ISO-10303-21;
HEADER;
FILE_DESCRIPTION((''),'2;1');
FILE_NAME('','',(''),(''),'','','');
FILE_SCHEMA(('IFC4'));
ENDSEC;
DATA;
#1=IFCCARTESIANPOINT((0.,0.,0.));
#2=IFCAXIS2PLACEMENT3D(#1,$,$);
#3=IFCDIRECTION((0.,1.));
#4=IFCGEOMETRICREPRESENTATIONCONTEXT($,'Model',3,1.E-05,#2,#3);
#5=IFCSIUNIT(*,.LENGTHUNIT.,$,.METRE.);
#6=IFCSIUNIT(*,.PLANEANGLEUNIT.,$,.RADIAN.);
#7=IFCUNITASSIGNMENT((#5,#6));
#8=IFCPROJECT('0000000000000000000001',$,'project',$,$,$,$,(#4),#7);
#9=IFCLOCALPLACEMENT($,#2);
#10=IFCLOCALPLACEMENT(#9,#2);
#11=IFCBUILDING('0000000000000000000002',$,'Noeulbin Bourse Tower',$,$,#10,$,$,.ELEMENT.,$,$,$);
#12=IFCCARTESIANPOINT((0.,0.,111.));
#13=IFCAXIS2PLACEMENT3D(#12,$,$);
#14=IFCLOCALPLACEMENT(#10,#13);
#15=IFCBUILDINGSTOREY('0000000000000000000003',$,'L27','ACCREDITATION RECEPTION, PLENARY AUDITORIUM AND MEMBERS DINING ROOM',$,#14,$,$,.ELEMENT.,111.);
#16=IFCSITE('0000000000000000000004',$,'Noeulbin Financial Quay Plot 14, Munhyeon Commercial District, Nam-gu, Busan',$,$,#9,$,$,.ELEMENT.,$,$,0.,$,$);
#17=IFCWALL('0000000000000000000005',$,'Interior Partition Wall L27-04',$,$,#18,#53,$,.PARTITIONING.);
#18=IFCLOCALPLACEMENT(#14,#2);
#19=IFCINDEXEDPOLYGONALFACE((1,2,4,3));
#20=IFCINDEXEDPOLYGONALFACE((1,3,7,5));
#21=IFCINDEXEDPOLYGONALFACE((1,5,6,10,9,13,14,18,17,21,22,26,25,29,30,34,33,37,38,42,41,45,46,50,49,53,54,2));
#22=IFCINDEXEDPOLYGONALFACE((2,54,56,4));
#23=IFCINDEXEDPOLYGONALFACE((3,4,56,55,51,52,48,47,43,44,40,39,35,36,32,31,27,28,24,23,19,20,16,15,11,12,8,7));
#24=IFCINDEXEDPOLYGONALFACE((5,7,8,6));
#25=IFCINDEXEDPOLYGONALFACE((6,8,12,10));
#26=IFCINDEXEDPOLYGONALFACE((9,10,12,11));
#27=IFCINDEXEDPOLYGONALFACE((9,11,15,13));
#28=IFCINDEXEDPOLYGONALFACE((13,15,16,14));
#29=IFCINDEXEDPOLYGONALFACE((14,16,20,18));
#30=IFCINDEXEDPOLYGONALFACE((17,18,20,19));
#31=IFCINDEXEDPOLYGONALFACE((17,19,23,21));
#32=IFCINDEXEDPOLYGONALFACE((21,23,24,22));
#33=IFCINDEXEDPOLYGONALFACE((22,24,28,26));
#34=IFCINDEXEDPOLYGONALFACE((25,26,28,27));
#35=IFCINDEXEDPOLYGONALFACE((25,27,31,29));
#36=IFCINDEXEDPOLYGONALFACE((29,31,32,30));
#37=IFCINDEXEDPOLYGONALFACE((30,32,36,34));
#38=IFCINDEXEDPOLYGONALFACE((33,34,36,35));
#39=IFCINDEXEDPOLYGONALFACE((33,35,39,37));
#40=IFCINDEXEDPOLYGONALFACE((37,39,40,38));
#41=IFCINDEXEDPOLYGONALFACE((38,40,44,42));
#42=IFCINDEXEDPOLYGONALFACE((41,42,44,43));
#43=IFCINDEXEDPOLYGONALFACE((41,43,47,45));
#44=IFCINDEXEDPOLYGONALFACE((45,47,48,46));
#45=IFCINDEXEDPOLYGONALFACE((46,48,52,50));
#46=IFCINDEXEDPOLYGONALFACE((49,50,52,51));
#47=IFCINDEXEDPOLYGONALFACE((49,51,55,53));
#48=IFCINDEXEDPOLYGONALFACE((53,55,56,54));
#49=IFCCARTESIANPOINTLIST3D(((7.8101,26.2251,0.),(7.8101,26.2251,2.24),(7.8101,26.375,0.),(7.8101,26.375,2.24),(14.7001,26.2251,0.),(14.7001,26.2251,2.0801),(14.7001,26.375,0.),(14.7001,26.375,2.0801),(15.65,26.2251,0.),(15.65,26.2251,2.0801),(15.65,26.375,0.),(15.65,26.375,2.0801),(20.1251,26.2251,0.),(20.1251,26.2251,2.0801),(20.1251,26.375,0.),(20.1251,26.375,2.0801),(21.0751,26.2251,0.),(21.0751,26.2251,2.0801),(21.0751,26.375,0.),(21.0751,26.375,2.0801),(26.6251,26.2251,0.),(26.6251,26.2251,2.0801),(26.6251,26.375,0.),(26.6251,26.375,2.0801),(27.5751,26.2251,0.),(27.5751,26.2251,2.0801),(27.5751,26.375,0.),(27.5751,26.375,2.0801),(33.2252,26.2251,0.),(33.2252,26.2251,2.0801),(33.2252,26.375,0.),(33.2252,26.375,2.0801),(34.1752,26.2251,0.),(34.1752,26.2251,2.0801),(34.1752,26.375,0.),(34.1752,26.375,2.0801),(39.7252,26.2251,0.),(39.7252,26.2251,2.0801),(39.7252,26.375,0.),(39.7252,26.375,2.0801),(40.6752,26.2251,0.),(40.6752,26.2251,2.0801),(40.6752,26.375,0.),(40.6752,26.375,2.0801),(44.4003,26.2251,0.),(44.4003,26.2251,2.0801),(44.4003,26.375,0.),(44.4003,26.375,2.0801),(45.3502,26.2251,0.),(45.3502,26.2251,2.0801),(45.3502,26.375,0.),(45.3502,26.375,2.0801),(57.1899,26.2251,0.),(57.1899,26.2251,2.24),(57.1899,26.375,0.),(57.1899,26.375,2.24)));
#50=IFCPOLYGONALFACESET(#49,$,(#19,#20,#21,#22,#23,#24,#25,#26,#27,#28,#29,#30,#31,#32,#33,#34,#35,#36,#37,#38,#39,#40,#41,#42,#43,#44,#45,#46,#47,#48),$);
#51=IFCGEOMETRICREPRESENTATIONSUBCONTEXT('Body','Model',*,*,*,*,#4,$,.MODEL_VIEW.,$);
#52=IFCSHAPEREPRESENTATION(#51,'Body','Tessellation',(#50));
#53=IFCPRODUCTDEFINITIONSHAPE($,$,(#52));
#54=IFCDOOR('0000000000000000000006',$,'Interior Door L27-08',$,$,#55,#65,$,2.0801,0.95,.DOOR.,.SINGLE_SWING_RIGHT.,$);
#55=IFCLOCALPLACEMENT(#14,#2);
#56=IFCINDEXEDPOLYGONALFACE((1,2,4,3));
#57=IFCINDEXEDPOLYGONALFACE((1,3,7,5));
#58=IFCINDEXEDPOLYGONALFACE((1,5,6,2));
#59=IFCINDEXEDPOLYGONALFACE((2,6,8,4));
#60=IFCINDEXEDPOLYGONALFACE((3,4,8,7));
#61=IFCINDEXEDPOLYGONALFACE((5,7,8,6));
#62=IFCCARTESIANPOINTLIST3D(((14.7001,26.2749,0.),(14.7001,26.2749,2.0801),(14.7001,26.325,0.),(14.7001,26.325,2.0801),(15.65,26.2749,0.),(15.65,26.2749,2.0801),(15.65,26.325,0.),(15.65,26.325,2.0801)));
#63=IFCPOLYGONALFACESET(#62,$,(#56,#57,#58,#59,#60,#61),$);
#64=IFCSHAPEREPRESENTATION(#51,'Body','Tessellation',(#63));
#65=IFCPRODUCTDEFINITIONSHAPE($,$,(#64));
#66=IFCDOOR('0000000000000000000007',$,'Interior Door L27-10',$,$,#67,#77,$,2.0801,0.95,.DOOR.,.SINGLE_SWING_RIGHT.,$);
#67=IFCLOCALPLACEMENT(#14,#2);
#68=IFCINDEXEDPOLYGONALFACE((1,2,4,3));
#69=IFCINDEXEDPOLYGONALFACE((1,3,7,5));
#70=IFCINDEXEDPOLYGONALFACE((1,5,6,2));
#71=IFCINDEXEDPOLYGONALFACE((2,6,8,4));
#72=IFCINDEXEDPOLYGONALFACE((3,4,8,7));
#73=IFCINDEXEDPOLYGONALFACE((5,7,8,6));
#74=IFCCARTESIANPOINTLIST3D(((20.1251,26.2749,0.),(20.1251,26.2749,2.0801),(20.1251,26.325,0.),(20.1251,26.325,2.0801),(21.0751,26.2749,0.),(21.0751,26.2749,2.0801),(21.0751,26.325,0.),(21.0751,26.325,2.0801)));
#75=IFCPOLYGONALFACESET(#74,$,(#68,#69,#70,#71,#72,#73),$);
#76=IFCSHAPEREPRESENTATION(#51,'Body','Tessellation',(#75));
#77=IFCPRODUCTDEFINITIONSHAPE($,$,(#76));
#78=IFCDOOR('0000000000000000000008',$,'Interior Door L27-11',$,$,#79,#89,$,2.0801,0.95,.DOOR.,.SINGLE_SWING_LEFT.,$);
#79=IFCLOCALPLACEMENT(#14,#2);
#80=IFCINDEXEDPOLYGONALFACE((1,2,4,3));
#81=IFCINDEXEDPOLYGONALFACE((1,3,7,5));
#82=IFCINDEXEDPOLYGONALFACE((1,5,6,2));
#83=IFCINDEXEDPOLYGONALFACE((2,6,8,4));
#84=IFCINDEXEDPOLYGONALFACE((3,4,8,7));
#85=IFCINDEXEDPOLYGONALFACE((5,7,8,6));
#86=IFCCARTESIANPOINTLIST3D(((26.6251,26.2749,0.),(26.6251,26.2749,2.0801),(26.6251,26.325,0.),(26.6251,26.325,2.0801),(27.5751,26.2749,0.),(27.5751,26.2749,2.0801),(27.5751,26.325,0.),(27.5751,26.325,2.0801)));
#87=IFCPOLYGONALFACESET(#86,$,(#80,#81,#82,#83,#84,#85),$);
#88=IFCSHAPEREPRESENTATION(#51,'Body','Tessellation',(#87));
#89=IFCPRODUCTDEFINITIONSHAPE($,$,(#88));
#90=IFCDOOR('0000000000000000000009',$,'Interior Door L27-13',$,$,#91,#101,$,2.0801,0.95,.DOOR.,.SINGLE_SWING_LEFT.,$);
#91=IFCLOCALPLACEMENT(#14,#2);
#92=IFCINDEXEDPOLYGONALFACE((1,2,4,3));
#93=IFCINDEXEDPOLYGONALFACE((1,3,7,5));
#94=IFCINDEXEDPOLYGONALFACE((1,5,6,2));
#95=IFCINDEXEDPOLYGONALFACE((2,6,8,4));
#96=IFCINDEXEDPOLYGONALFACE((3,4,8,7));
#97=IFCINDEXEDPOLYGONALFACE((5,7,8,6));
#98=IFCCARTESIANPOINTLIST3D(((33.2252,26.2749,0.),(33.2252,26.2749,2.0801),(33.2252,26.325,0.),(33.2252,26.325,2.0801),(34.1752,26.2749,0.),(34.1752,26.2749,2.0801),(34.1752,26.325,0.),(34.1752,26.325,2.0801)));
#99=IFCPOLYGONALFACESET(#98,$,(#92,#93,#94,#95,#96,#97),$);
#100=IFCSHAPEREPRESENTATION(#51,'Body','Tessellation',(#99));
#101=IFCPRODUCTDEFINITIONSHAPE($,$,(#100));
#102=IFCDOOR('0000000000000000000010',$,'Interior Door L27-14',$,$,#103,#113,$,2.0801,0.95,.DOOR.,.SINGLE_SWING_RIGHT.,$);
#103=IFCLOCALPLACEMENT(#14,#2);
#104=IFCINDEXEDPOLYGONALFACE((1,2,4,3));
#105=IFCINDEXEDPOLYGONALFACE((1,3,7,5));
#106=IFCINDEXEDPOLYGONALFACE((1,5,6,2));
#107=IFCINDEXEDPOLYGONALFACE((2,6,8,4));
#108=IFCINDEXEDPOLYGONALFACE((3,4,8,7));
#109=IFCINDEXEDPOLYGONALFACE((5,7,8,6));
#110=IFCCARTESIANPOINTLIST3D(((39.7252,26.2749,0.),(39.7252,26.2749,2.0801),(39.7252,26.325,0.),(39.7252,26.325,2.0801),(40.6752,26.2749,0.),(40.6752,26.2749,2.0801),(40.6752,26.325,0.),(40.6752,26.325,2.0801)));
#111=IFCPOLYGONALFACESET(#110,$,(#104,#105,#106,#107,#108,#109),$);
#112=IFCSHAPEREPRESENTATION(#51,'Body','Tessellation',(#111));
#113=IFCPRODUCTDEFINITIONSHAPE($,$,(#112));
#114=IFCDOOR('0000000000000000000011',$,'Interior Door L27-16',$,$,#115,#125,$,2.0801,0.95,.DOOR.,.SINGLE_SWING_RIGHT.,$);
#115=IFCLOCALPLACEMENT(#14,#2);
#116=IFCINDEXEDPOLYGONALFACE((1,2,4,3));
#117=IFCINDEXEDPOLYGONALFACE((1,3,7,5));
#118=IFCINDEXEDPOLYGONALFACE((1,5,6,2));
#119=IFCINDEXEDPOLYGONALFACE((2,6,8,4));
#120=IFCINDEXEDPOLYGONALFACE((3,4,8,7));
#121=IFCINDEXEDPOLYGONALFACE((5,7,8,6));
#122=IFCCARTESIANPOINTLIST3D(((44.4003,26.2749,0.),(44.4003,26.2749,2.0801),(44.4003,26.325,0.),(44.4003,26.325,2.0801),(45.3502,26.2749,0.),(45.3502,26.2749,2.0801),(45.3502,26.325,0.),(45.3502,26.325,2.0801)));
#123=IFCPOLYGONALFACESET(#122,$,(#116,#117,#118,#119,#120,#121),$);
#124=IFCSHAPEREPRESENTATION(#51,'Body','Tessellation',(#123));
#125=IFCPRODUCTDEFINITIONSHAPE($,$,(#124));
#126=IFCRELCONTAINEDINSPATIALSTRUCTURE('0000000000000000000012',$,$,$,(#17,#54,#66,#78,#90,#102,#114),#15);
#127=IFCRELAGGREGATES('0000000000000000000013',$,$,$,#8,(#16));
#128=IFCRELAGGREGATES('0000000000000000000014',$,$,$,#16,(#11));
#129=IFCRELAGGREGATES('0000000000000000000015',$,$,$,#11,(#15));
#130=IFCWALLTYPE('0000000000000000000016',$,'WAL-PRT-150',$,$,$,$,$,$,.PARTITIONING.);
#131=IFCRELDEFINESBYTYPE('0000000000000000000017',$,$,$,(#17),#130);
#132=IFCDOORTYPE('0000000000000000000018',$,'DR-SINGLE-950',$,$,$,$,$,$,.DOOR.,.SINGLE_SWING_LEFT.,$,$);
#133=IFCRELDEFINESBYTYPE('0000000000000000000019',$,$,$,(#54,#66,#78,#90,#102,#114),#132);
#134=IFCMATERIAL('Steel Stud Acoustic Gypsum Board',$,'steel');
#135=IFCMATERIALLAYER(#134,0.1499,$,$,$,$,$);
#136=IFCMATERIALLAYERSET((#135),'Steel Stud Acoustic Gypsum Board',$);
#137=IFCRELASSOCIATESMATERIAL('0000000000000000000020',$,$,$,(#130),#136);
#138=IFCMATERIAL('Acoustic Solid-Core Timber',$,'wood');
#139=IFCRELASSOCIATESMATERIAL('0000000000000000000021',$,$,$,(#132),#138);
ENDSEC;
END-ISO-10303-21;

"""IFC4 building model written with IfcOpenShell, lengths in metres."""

from ifc_helpers import new_model, si_unit, direction, frame, frame_2d, origin, place, context, subcontext, project, spatial, rectangle, extrude, material, layer, layer_set, type_object, element, fill, save


model = new_model("IFC4")

# Units and contexts
model_context = context("Model", 3, precision=1e-05, world=origin(), true_north=direction((0.0, 1.0)))
body_context = subcontext(model_context, "Body", "Model", "MODEL_VIEW")
ifc_project = project(units=[si_unit("LENGTHUNIT", "METRE"), si_unit("PLANEANGLEUNIT", "RADIAN")], contexts=[model_context])

# Site, building, storey
site_placement = place(None, origin())
site = spatial("IfcSite", under=ifc_project, at=site_placement, Name="Noeulbin Financial Quay Plot 14, Munhyeon Commercial District, Nam-gu, Busan", CompositionType="ELEMENT", RefElevation=0.0)
building_placement = place(site_placement, origin())
building = spatial("IfcBuilding", under=site, at=building_placement, Name="Noeulbin Bourse Tower", CompositionType="ELEMENT")
storey_placement = place(building_placement, frame((0.0, 0.0, 111.0)))
storey = spatial("IfcBuildingStorey", under=building, at=storey_placement, Name="L27", Description="ACCREDITATION RECEPTION, PLENARY AUDITORIUM AND MEMBERS DINING ROOM", CompositionType="ELEMENT", Elevation=111.0)

# Wall, openings, doors
ifc_material_1 = material(Name="Steel Stud Acoustic Gypsum Board", Category="steel")
ifc_layer_1 = layer(ifc_material_1, 0.1499)
ifc_layer_set_1 = layer_set([ifc_layer_1], Name="Steel Stud Acoustic Gypsum Board")
wall_type = type_object("IfcWallType", Name="WAL-PRT-150", PredefinedType="PARTITIONING", material=ifc_layer_set_1)
wall_1_placement = place(storey_placement, frame((7.8101, 26.3, 0.0), z_axis=(0.0, 0.0, 1.0), x_axis=(1.0, 0.0, 0.0)))
wall_1 = element("IfcWall", 1, at=wall_1_placement, inside=storey, type_object=wall_type, Name="Interior Partition Wall L27-04", PredefinedType="PARTITIONING", context=body_context, shape_type="SweptSolid", body=[
    extrude(rectangle(XDim=49.3799, YDim=0.1499, at=frame_2d((24.6899, 0.0))), origin(), (0.0, 0.0, 1.0), 2.24),
])
opening_1_placement = place(wall_1_placement, frame((6.8899, 0.0, 0.0)))
opening_1 = element("IfcOpeningElement", 2, at=opening_1_placement, cuts=wall_1, PredefinedType="OPENING", context=body_context, shape_type="SweptSolid", body=[
    extrude(rectangle(XDim=0.95, YDim=2.0801, at=frame_2d((0.4751, 1.04))), frame((0.0, 0.085, 0.0), z_axis=(0.0, -1.0, 0.0), x_axis=(1.0, 0.0, 0.0)), (0.0, 0.0, 1.0), 0.1699),
])
opening_2_placement = place(wall_1_placement, frame((12.3149, 0.0, 0.0)))
opening_2 = element("IfcOpeningElement", 3, at=opening_2_placement, cuts=wall_1, PredefinedType="OPENING", context=body_context, shape_type="SweptSolid", body=[
    extrude(rectangle(XDim=0.95, YDim=2.0801, at=frame_2d((0.4751, 1.04))), frame((0.0, 0.085, 0.0), z_axis=(0.0, -1.0, 0.0), x_axis=(1.0, 0.0, 0.0)), (0.0, 0.0, 1.0), 0.1699),
])
opening_3_placement = place(wall_1_placement, frame((18.8149, 0.0, 0.0)))
opening_3 = element("IfcOpeningElement", 4, at=opening_3_placement, cuts=wall_1, PredefinedType="OPENING", context=body_context, shape_type="SweptSolid", body=[
    extrude(rectangle(XDim=0.95, YDim=2.0801, at=frame_2d((0.4751, 1.04))), frame((0.0, 0.085, 0.0), z_axis=(0.0, -1.0, 0.0), x_axis=(1.0, 0.0, 0.0)), (0.0, 0.0, 1.0), 0.1699),
])
opening_4_placement = place(wall_1_placement, frame((25.415, 0.0, 0.0)))
opening_4 = element("IfcOpeningElement", 5, at=opening_4_placement, cuts=wall_1, PredefinedType="OPENING", context=body_context, shape_type="SweptSolid", body=[
    extrude(rectangle(XDim=0.95, YDim=2.0801, at=frame_2d((0.4751, 1.04))), frame((0.0, 0.085, 0.0), z_axis=(0.0, -1.0, 0.0), x_axis=(1.0, 0.0, 0.0)), (0.0, 0.0, 1.0), 0.1699),
])
opening_5_placement = place(wall_1_placement, frame((31.915, 0.0, 0.0)))
opening_5 = element("IfcOpeningElement", 6, at=opening_5_placement, cuts=wall_1, PredefinedType="OPENING", context=body_context, shape_type="SweptSolid", body=[
    extrude(rectangle(XDim=0.95, YDim=2.0801, at=frame_2d((0.4751, 1.04))), frame((0.0, 0.085, 0.0), z_axis=(0.0, -1.0, 0.0), x_axis=(1.0, 0.0, 0.0)), (0.0, 0.0, 1.0), 0.1699),
])
opening_6_placement = place(wall_1_placement, frame((36.5901, 0.0, 0.0)))
opening_6 = element("IfcOpeningElement", 7, at=opening_6_placement, cuts=wall_1, PredefinedType="OPENING", context=body_context, shape_type="SweptSolid", body=[
    extrude(rectangle(XDim=0.95, YDim=2.0801, at=frame_2d((0.4751, 1.04))), frame((0.0, 0.085, 0.0), z_axis=(0.0, -1.0, 0.0), x_axis=(1.0, 0.0, 0.0)), (0.0, 0.0, 1.0), 0.1699),
])
ifc_material_2 = material(Name="Acoustic Solid-Core Timber", Category="wood")
door_type = type_object("IfcDoorType", Name="DR-SINGLE-950", OperationType="SINGLE_SWING_LEFT", PredefinedType="DOOR", material=ifc_material_2)
door_1_placement = place(opening_1_placement, origin())
door_1 = element("IfcDoor", 8, at=door_1_placement, inside=storey, type_object=door_type, Name="Interior Door L27-08", OperationType="SINGLE_SWING_RIGHT", OverallHeight=2.0801, OverallWidth=0.95, PredefinedType="DOOR", context=body_context, shape_type="SweptSolid", body=[
    extrude(rectangle(XDim=0.95, YDim=2.0801, at=frame_2d((0.4751, 1.04))), frame((0.0, 0.0249, 0.0), z_axis=(0.0, -1.0, 0.0), x_axis=(1.0, 0.0, 0.0)), (0.0, 0.0, 1.0), 0.05),
])
fill(opening_1, door_1)
door_2_placement = place(opening_2_placement, origin())
door_2 = element("IfcDoor", 9, at=door_2_placement, inside=storey, type_object=door_type, Name="Interior Door L27-10", OperationType="SINGLE_SWING_RIGHT", OverallHeight=2.0801, OverallWidth=0.95, PredefinedType="DOOR", context=body_context, shape_type="SweptSolid", body=[
    extrude(rectangle(XDim=0.95, YDim=2.0801, at=frame_2d((0.4751, 1.04))), frame((0.0, 0.0249, 0.0), z_axis=(0.0, -1.0, 0.0), x_axis=(1.0, 0.0, 0.0)), (0.0, 0.0, 1.0), 0.05),
])
fill(opening_2, door_2)
door_3_placement = place(opening_3_placement, origin())
door_3 = element("IfcDoor", 10, at=door_3_placement, inside=storey, type_object=door_type, Name="Interior Door L27-11", OperationType="SINGLE_SWING_LEFT", OverallHeight=2.0801, OverallWidth=0.95, PredefinedType="DOOR", context=body_context, shape_type="SweptSolid", body=[
    extrude(rectangle(XDim=0.95, YDim=2.0801, at=frame_2d((0.4751, 1.04))), frame((0.0, 0.0249, 0.0), z_axis=(0.0, -1.0, 0.0), x_axis=(1.0, 0.0, 0.0)), (0.0, 0.0, 1.0), 0.05),
])
fill(opening_3, door_3)
door_4_placement = place(opening_4_placement, origin())
door_4 = element("IfcDoor", 11, at=door_4_placement, inside=storey, type_object=door_type, Name="Interior Door L27-13", OperationType="SINGLE_SWING_LEFT", OverallHeight=2.0801, OverallWidth=0.95, PredefinedType="DOOR", context=body_context, shape_type="SweptSolid", body=[
    extrude(rectangle(XDim=0.95, YDim=2.0801, at=frame_2d((0.4751, 1.04))), frame((0.0, 0.0249, 0.0), z_axis=(0.0, -1.0, 0.0), x_axis=(1.0, 0.0, 0.0)), (0.0, 0.0, 1.0), 0.05),
])
fill(opening_4, door_4)
door_5_placement = place(opening_5_placement, origin())
door_5 = element("IfcDoor", 12, at=door_5_placement, inside=storey, type_object=door_type, Name="Interior Door L27-14", OperationType="SINGLE_SWING_RIGHT", OverallHeight=2.0801, OverallWidth=0.95, PredefinedType="DOOR", context=body_context, shape_type="SweptSolid", body=[
    extrude(rectangle(XDim=0.95, YDim=2.0801, at=frame_2d((0.4751, 1.04))), frame((0.0, 0.0249, 0.0), z_axis=(0.0, -1.0, 0.0), x_axis=(1.0, 0.0, 0.0)), (0.0, 0.0, 1.0), 0.05),
])
fill(opening_5, door_5)
door_6_placement = place(opening_6_placement, origin())
door_6 = element("IfcDoor", 13, at=door_6_placement, inside=storey, type_object=door_type, Name="Interior Door L27-16", OperationType="SINGLE_SWING_RIGHT", OverallHeight=2.0801, OverallWidth=0.95, PredefinedType="DOOR", context=body_context, shape_type="SweptSolid", body=[
    extrude(rectangle(XDim=0.95, YDim=2.0801, at=frame_2d((0.4751, 1.04))), frame((0.0, 0.0249, 0.0), z_axis=(0.0, -1.0, 0.0), x_axis=(1.0, 0.0, 0.0)), (0.0, 0.0, 1.0), 0.05),
])
fill(opening_6, door_6)

save(model, "model.ifc")
